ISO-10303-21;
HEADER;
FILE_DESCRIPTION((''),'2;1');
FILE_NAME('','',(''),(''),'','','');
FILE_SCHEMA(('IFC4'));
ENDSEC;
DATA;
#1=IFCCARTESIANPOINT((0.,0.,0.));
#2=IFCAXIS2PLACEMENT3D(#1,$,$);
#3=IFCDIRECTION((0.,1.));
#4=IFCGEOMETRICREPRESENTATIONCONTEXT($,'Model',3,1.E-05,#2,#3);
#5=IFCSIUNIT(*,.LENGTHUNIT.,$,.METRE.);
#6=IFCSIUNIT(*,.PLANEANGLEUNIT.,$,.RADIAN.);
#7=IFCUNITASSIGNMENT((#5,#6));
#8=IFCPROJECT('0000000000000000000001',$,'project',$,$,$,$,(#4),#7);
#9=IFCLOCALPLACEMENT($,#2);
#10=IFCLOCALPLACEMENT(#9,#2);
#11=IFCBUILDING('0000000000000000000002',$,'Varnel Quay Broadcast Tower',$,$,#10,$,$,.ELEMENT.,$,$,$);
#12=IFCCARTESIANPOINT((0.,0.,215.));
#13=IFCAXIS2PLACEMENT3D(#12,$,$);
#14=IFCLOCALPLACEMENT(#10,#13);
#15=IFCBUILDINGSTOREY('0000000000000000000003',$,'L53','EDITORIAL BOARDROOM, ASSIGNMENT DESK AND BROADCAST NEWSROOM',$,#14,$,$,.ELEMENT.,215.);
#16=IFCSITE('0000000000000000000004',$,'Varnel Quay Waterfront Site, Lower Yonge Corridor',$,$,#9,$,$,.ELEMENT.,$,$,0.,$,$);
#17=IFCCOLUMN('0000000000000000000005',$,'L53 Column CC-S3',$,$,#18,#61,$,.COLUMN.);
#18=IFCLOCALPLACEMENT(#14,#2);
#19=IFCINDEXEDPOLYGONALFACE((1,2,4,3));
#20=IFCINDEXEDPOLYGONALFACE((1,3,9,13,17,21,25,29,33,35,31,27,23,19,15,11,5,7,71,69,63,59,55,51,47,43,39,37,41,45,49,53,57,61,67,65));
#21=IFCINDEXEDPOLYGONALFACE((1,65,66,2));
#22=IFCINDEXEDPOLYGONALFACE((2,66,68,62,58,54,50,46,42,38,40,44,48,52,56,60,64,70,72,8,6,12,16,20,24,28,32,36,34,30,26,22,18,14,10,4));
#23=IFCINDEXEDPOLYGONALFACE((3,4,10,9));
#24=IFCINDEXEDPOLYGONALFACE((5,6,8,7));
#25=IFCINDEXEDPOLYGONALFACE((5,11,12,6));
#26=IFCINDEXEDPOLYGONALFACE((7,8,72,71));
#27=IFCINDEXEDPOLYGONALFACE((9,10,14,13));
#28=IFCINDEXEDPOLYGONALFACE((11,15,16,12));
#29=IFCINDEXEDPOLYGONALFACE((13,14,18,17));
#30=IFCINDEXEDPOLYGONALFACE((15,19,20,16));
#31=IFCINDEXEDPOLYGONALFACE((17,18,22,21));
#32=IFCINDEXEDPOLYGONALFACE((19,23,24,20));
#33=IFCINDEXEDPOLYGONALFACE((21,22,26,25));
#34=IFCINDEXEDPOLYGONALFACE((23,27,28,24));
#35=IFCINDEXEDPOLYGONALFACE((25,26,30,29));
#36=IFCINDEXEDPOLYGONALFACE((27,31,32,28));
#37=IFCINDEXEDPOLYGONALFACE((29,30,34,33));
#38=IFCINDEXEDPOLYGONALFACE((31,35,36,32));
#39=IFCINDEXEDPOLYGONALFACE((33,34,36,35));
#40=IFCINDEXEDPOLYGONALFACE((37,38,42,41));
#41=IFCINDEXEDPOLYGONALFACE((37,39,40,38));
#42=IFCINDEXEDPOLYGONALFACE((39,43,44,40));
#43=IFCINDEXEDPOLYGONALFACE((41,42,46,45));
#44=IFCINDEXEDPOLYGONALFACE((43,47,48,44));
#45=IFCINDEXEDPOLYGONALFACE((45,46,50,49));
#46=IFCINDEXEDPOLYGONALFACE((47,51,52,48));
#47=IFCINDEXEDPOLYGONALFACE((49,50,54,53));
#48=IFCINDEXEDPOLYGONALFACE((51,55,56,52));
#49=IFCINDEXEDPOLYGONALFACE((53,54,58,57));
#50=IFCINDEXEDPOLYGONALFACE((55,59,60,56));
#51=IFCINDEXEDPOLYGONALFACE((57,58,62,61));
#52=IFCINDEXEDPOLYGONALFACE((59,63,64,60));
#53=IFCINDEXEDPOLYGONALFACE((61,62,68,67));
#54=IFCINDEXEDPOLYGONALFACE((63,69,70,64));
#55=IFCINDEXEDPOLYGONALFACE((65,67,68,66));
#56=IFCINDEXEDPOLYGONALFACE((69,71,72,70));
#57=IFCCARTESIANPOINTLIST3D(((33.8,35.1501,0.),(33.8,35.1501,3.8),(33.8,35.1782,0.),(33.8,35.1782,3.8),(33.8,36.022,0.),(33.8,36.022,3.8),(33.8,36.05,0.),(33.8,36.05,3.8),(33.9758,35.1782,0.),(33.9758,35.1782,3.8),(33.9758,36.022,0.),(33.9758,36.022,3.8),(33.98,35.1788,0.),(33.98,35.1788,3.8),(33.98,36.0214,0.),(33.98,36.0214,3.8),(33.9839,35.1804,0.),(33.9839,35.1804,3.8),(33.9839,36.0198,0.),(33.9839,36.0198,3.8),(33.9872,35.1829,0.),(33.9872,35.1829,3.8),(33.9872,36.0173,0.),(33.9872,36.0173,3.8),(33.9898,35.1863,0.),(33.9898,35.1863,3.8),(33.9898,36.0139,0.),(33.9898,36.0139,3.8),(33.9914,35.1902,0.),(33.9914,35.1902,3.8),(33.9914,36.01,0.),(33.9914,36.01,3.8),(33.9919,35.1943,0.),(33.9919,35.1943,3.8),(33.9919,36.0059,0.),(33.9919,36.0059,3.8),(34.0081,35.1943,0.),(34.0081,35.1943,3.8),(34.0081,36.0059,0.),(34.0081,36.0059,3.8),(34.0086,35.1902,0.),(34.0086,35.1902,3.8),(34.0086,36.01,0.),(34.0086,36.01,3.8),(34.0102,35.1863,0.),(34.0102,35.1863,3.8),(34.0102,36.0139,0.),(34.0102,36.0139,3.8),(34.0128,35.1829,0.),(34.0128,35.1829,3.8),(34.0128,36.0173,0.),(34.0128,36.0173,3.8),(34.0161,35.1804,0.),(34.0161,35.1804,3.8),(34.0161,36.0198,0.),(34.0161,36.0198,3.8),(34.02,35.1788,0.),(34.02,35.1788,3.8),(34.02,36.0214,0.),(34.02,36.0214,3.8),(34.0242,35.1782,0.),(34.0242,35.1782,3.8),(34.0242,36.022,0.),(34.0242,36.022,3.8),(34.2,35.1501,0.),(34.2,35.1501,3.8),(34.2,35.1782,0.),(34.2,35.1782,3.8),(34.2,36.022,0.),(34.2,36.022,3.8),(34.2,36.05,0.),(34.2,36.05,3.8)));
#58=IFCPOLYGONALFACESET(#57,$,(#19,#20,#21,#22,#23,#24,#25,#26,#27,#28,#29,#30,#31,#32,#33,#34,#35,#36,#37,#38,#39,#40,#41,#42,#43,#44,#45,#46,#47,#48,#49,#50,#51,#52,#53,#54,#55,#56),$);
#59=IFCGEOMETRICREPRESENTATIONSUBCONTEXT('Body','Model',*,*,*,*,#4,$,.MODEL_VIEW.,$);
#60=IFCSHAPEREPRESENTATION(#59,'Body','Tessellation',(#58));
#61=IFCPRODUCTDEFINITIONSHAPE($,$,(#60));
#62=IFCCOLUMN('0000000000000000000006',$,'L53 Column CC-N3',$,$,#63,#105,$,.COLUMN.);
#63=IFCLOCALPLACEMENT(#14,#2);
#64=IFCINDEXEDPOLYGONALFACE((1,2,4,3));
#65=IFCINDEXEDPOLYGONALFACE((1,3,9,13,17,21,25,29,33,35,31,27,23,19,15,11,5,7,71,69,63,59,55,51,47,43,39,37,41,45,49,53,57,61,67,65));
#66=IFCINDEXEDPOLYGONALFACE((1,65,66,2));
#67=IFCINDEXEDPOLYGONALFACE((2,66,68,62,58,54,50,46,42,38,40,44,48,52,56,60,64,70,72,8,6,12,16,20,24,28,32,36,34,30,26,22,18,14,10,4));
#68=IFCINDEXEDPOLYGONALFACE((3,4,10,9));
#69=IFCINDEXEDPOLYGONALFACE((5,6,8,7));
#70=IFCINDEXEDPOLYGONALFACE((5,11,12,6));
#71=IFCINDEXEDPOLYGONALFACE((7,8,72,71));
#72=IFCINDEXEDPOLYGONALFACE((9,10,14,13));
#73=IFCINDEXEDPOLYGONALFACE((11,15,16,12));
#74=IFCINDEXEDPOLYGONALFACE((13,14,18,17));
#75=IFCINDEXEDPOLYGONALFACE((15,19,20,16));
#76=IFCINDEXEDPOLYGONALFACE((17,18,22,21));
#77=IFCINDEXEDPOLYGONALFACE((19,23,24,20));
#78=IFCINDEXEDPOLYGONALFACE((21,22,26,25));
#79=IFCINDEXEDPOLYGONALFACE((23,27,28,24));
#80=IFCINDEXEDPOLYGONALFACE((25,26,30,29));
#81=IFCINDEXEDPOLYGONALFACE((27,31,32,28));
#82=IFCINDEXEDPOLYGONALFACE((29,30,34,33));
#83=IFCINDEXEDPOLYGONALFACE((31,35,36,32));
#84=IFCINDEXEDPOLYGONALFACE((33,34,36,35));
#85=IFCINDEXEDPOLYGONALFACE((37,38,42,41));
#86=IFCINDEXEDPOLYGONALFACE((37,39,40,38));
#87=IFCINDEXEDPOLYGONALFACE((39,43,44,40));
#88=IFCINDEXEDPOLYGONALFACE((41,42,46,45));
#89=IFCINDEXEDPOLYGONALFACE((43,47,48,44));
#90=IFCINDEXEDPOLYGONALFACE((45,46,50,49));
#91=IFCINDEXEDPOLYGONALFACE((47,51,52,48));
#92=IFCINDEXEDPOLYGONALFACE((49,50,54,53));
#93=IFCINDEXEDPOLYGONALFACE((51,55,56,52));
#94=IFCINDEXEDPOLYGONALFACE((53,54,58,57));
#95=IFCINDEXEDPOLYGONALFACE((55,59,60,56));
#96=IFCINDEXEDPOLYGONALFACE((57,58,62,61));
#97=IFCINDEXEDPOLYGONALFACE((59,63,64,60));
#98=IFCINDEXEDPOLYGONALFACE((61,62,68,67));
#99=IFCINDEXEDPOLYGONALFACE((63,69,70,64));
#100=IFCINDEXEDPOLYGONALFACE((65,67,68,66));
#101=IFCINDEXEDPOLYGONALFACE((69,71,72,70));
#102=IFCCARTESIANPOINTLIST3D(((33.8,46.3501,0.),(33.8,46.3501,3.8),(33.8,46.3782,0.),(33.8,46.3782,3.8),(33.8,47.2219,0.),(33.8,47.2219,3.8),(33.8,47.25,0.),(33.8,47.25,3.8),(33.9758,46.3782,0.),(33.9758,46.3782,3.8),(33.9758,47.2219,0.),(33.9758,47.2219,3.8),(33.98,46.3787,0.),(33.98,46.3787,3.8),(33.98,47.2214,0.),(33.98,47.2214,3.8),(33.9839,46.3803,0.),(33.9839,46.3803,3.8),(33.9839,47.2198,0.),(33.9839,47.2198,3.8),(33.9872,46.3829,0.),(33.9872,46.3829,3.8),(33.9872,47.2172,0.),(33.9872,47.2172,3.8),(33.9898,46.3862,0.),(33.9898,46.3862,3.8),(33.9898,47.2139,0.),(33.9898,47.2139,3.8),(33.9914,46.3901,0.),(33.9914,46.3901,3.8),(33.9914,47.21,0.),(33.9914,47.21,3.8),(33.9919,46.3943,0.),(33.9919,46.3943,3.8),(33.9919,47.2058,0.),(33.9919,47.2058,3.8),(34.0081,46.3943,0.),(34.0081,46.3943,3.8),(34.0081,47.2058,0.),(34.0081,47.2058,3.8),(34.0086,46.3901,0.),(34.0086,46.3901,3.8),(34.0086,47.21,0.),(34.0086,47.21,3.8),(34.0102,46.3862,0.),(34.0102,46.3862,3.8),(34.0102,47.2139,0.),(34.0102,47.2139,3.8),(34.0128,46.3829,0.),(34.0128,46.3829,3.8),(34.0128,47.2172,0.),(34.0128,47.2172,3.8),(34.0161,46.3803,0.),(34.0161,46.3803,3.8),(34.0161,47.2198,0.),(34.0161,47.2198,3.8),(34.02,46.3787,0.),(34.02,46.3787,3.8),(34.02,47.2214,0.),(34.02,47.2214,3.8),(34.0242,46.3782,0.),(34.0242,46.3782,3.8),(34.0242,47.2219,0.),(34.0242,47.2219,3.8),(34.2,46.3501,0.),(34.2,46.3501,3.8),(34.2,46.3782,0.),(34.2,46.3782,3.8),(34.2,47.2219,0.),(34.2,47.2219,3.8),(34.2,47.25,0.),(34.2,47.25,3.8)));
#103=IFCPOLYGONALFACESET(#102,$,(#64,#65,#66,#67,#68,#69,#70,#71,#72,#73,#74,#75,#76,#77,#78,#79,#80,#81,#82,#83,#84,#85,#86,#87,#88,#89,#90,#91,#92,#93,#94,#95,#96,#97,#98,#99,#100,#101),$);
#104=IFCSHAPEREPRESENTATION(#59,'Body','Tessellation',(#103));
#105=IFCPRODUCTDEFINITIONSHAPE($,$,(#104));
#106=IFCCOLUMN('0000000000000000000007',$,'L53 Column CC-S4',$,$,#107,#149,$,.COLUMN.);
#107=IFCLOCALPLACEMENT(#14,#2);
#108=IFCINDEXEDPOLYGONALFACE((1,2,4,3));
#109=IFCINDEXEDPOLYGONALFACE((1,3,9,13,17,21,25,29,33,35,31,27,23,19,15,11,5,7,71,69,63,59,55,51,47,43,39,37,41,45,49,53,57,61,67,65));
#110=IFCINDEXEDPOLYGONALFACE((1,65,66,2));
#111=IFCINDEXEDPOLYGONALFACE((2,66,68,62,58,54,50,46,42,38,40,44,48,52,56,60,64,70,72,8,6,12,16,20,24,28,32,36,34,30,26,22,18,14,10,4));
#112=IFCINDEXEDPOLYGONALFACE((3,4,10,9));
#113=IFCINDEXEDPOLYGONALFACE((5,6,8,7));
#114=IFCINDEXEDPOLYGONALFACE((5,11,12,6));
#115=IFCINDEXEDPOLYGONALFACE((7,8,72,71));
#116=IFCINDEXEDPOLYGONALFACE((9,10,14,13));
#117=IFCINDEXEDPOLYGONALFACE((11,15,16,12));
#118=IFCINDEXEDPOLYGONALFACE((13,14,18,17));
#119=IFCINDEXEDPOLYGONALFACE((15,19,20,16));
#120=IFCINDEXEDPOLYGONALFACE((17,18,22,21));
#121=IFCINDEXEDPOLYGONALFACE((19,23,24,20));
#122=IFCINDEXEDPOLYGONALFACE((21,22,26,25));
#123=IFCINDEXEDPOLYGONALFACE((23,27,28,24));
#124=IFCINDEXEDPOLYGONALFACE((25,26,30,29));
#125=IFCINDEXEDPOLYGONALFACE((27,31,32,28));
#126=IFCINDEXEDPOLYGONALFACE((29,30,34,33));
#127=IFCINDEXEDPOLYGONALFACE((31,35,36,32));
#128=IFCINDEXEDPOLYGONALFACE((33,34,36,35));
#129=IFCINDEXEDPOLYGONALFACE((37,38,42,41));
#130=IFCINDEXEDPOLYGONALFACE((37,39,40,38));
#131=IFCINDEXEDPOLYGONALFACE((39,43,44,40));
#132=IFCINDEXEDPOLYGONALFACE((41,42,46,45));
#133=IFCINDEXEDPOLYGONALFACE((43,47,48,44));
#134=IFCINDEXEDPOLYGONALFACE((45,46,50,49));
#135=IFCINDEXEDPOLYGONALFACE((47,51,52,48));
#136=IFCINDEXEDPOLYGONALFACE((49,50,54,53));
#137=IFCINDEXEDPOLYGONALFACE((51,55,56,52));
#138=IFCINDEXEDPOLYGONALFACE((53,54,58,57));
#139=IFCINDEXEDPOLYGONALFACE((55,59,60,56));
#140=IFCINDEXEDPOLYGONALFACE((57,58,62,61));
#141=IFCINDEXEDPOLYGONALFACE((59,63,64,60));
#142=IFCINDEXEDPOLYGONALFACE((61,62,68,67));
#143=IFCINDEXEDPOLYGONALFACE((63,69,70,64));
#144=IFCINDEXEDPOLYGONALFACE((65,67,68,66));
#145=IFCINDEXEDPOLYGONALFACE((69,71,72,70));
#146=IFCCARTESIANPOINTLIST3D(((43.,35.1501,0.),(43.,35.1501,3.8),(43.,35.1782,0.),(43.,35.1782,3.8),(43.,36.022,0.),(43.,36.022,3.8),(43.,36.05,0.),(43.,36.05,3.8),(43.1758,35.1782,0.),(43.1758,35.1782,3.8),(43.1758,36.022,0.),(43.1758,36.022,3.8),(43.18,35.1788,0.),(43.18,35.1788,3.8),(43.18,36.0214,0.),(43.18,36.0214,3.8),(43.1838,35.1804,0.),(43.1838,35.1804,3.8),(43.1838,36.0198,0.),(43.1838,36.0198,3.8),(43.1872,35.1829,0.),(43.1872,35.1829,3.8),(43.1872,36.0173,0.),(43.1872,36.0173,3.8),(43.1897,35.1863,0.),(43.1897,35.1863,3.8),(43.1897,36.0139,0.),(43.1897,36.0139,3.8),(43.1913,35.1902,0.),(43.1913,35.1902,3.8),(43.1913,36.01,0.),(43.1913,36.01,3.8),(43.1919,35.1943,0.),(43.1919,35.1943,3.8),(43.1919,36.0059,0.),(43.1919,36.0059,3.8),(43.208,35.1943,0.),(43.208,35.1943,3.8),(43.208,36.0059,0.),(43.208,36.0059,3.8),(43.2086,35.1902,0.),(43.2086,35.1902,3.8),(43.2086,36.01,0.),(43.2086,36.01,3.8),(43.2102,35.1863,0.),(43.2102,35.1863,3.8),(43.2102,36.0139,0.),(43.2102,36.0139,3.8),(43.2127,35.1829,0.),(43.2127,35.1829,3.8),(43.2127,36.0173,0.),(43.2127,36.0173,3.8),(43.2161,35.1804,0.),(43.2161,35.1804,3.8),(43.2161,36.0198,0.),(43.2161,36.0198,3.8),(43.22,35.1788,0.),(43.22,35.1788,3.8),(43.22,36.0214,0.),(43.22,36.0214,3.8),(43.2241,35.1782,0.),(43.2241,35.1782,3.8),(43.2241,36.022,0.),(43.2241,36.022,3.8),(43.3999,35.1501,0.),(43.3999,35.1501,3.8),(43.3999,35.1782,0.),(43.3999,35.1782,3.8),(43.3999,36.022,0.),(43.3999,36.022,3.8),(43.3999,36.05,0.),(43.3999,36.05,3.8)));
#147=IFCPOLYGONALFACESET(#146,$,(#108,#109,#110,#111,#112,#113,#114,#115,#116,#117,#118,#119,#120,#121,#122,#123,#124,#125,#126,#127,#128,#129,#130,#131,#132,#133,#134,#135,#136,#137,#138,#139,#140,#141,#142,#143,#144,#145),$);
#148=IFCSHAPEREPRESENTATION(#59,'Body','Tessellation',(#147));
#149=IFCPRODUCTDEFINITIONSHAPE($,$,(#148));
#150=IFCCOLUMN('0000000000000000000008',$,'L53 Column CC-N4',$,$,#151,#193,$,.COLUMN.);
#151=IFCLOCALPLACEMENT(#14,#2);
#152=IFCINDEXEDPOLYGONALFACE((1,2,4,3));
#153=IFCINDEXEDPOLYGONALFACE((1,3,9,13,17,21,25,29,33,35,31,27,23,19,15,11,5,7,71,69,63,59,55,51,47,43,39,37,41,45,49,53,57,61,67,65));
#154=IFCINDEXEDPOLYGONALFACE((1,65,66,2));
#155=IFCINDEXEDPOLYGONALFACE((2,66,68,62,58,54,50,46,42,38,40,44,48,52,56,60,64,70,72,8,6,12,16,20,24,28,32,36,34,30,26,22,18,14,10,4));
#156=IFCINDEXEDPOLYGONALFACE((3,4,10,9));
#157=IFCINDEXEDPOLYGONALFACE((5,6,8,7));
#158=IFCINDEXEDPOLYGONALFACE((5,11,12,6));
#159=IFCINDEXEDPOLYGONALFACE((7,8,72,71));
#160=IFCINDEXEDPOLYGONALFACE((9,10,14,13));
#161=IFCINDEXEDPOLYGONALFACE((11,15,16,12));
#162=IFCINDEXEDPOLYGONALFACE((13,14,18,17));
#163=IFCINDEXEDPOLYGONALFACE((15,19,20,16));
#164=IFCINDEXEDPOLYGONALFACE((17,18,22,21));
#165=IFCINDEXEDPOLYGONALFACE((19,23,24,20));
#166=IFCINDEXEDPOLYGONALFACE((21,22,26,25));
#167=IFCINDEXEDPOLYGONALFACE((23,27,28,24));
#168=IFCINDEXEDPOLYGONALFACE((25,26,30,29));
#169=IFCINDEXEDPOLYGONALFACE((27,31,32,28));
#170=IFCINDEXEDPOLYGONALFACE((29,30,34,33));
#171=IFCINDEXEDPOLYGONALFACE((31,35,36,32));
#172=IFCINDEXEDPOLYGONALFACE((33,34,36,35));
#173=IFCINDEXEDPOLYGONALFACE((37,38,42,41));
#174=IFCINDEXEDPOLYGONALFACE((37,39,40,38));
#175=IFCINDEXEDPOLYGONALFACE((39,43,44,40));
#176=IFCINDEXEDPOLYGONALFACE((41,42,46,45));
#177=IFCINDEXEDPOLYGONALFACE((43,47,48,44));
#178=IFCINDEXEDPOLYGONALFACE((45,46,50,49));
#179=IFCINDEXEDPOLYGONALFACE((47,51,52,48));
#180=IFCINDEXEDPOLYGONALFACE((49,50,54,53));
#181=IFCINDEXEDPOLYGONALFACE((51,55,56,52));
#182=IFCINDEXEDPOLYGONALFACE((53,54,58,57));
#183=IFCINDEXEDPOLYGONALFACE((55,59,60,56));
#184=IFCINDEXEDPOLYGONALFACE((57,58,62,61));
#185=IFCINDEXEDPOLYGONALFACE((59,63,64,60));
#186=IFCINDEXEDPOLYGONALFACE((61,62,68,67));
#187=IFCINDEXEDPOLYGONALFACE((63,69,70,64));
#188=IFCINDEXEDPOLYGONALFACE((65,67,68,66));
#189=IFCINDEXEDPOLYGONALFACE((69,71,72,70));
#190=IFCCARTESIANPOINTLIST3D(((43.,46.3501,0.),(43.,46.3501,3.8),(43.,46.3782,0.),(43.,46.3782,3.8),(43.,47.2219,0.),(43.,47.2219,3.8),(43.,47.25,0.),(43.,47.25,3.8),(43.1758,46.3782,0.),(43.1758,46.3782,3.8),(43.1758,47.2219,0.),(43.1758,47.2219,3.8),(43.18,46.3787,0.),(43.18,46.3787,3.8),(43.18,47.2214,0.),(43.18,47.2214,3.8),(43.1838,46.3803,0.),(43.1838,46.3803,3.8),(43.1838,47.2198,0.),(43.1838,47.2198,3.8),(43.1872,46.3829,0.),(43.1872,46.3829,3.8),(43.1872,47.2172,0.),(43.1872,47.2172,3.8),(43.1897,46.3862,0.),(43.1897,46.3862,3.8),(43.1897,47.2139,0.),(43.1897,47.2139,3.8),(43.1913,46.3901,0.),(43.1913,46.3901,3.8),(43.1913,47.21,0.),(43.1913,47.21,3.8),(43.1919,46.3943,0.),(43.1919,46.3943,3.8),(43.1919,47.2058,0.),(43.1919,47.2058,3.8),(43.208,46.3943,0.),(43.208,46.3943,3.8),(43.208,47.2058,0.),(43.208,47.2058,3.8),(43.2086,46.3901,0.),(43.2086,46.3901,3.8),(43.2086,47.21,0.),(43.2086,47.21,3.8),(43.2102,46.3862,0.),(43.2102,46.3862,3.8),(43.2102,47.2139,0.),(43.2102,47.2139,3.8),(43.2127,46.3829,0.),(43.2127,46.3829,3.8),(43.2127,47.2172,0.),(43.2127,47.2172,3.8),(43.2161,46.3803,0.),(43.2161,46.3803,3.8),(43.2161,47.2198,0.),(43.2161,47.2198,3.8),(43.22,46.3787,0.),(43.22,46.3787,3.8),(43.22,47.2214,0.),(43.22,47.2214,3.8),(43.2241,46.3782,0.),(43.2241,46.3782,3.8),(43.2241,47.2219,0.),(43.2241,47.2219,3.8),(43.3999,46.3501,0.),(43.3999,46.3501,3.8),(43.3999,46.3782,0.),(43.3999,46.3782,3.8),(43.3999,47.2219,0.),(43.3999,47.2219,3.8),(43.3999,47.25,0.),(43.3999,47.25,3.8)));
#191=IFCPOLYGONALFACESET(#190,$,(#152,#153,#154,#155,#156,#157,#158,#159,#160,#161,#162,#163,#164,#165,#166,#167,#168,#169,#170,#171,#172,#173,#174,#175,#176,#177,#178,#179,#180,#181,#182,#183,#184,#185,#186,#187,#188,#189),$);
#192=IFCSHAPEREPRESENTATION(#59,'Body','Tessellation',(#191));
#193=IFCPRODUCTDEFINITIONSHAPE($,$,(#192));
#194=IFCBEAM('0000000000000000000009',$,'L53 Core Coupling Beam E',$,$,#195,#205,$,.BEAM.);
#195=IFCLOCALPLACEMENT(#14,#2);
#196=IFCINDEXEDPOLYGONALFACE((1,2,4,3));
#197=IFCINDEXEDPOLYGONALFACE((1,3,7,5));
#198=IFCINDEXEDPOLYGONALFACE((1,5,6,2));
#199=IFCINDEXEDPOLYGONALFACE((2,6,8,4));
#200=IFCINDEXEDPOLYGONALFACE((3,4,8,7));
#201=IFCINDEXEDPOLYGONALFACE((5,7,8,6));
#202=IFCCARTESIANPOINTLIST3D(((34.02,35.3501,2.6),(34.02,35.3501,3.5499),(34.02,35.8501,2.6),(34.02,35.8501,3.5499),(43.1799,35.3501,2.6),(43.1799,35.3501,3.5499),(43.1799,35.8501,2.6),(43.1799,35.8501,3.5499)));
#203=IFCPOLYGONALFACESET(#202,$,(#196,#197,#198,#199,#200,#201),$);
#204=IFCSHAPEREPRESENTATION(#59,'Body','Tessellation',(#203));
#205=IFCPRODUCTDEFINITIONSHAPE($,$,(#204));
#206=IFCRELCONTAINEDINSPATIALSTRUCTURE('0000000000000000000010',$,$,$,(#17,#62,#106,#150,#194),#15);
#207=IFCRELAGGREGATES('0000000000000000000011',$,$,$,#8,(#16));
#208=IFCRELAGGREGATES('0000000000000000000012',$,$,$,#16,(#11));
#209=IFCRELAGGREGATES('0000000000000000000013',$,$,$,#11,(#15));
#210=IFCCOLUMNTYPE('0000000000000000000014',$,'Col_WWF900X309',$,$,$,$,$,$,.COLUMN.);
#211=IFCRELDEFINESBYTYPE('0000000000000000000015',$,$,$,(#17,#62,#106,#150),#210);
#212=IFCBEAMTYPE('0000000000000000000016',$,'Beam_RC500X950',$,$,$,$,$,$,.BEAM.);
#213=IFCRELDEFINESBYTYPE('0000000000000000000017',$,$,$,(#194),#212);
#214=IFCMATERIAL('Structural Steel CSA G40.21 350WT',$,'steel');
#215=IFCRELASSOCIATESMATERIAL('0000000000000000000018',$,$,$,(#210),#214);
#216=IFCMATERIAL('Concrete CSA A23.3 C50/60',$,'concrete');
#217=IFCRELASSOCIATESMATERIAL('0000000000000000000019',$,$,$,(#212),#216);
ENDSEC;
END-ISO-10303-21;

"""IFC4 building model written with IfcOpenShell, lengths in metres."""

from ifc_helpers import new_model, si_unit, direction, frame, origin, origin_2d, place, context, subcontext, project, spatial, rectangle, i_section, extrude, source, transform, mapped, material, material_profile, profile_set, type_object, type_shapes, element, save


model = new_model("IFC4")

# Units and contexts
model_context = context("Model", 3, precision=1e-05, world=origin(), true_north=direction((0.0, 1.0)))
body_context = subcontext(model_context, "Body", "Model", "MODEL_VIEW")
ifc_project = project(units=[si_unit("LENGTHUNIT", "METRE"), si_unit("PLANEANGLEUNIT", "RADIAN")], contexts=[model_context])

# Site, building, storey
site_placement = place(None, origin())
site = spatial("IfcSite", under=ifc_project, at=site_placement, Name="Varnel Quay Waterfront Site, Lower Yonge Corridor", CompositionType="ELEMENT", RefElevation=0.0)
building_placement = place(site_placement, origin())
building = spatial("IfcBuilding", under=site, at=building_placement, Name="Varnel Quay Broadcast Tower", CompositionType="ELEMENT")
storey_placement = place(building_placement, frame((0.0, 0.0, 215.0)))
storey = spatial("IfcBuildingStorey", under=building, at=storey_placement, Name="L53", Description="EDITORIAL BOARDROOM, ASSIGNMENT DESK AND BROADCAST NEWSROOM", CompositionType="ELEMENT", Elevation=215.0)

# Columns
ifc_material_1 = material(Name="Structural Steel CSA G40.21 350WT", Category="steel")
ifc_material_profile_1 = material_profile(ifc_material_1, i_section(OverallWidth=0.3999, OverallDepth=0.8999, WebThickness=0.0161, FlangeThickness=0.0281, FilletRadius=0.0161, at=origin_2d()), Name="WWF900X309")
ifc_profile_set_1 = profile_set([ifc_material_profile_1], Name="Structural Steel CSA G40.21 350WT")
column_type = type_object("IfcColumnType", Name="Col_WWF900X309", PredefinedType="COLUMN", material=ifc_profile_set_1)
shared_shape_1 = source(origin(), body_context, "Body", "SweptSolid", [
    extrude(i_section(OverallWidth=0.3999, OverallDepth=0.8999, WebThickness=0.0161, FlangeThickness=0.0281, FilletRadius=0.0161, at=origin_2d()), origin(), (0.0, 0.0, 1.0), 3.8),
])
type_shapes(column_type, [shared_shape_1])
for number, where, z_axis, x_axis, name in (
    (1, (34.0, 35.6001, 0.0), (0.0, 0.0, 1.0), (1.0, 0.0, 0.0), "L53 Column CC-S3"),
    (2, (34.0, 46.8, 0.0), (0.0, 0.0, 1.0), (1.0, 0.0, 0.0), "L53 Column CC-N3"),
    (3, (43.2, 35.6001, 0.0), (0.0, 0.0, 1.0), (1.0, 0.0, 0.0), "L53 Column CC-S4"),
    (4, (43.2, 46.8, 0.0), (0.0, 0.0, 1.0), (1.0, 0.0, 0.0), "L53 Column CC-N4"),
):
    element("IfcColumn", number, at=place(storey_placement, frame(where, z_axis=z_axis, x_axis=x_axis)), inside=storey, type_object=column_type, Name=name, PredefinedType="COLUMN", context=body_context, shape_type="MappedRepresentation", body=[
        mapped(shared_shape_1, transform((0.0, 0.0, 0.0), x_axis=(1.0, 0.0, 0.0), y_axis=(0.0, 1.0, 0.0), z_axis=(0.0, 0.0, 1.0), scale=1.0)),
    ])

# Beam
ifc_material_2 = material(Name="Concrete CSA A23.3 C50/60", Category="concrete")
ifc_material_profile_2 = material_profile(ifc_material_2, rectangle(XDim=0.5, YDim=0.95, at=origin_2d()), Name="RC500X950")
ifc_profile_set_2 = profile_set([ifc_material_profile_2], Name="Concrete CSA A23.3 C50/60")
beam_type = type_object("IfcBeamType", Name="Beam_RC500X950", PredefinedType="BEAM", material=ifc_profile_set_2)
shared_shape_2 = source(origin(), body_context, "Body", "SweptSolid", [
    extrude(rectangle(XDim=0.5, YDim=0.95, at=origin_2d()), origin(), (0.0, 0.0, 1.0), 9.1599),
])
type_shapes(beam_type, [shared_shape_2])
beam_placement = place(storey_placement, frame((34.02, 35.6001, 3.075), z_axis=(1.0, 0.0, 0.0), x_axis=(0.0, 1.0, 0.0)))
element("IfcBeam", 5, at=beam_placement, inside=storey, type_object=beam_type, Name="L53 Core Coupling Beam E", PredefinedType="BEAM", context=body_context, shape_type="MappedRepresentation", body=[
    mapped(shared_shape_2, transform((0.0, 0.0, 0.0), x_axis=(1.0, 0.0, 0.0), y_axis=(0.0, 1.0, 0.0), z_axis=(0.0, 0.0, 1.0), scale=1.0)),
])

save(model, "model.ifc")
